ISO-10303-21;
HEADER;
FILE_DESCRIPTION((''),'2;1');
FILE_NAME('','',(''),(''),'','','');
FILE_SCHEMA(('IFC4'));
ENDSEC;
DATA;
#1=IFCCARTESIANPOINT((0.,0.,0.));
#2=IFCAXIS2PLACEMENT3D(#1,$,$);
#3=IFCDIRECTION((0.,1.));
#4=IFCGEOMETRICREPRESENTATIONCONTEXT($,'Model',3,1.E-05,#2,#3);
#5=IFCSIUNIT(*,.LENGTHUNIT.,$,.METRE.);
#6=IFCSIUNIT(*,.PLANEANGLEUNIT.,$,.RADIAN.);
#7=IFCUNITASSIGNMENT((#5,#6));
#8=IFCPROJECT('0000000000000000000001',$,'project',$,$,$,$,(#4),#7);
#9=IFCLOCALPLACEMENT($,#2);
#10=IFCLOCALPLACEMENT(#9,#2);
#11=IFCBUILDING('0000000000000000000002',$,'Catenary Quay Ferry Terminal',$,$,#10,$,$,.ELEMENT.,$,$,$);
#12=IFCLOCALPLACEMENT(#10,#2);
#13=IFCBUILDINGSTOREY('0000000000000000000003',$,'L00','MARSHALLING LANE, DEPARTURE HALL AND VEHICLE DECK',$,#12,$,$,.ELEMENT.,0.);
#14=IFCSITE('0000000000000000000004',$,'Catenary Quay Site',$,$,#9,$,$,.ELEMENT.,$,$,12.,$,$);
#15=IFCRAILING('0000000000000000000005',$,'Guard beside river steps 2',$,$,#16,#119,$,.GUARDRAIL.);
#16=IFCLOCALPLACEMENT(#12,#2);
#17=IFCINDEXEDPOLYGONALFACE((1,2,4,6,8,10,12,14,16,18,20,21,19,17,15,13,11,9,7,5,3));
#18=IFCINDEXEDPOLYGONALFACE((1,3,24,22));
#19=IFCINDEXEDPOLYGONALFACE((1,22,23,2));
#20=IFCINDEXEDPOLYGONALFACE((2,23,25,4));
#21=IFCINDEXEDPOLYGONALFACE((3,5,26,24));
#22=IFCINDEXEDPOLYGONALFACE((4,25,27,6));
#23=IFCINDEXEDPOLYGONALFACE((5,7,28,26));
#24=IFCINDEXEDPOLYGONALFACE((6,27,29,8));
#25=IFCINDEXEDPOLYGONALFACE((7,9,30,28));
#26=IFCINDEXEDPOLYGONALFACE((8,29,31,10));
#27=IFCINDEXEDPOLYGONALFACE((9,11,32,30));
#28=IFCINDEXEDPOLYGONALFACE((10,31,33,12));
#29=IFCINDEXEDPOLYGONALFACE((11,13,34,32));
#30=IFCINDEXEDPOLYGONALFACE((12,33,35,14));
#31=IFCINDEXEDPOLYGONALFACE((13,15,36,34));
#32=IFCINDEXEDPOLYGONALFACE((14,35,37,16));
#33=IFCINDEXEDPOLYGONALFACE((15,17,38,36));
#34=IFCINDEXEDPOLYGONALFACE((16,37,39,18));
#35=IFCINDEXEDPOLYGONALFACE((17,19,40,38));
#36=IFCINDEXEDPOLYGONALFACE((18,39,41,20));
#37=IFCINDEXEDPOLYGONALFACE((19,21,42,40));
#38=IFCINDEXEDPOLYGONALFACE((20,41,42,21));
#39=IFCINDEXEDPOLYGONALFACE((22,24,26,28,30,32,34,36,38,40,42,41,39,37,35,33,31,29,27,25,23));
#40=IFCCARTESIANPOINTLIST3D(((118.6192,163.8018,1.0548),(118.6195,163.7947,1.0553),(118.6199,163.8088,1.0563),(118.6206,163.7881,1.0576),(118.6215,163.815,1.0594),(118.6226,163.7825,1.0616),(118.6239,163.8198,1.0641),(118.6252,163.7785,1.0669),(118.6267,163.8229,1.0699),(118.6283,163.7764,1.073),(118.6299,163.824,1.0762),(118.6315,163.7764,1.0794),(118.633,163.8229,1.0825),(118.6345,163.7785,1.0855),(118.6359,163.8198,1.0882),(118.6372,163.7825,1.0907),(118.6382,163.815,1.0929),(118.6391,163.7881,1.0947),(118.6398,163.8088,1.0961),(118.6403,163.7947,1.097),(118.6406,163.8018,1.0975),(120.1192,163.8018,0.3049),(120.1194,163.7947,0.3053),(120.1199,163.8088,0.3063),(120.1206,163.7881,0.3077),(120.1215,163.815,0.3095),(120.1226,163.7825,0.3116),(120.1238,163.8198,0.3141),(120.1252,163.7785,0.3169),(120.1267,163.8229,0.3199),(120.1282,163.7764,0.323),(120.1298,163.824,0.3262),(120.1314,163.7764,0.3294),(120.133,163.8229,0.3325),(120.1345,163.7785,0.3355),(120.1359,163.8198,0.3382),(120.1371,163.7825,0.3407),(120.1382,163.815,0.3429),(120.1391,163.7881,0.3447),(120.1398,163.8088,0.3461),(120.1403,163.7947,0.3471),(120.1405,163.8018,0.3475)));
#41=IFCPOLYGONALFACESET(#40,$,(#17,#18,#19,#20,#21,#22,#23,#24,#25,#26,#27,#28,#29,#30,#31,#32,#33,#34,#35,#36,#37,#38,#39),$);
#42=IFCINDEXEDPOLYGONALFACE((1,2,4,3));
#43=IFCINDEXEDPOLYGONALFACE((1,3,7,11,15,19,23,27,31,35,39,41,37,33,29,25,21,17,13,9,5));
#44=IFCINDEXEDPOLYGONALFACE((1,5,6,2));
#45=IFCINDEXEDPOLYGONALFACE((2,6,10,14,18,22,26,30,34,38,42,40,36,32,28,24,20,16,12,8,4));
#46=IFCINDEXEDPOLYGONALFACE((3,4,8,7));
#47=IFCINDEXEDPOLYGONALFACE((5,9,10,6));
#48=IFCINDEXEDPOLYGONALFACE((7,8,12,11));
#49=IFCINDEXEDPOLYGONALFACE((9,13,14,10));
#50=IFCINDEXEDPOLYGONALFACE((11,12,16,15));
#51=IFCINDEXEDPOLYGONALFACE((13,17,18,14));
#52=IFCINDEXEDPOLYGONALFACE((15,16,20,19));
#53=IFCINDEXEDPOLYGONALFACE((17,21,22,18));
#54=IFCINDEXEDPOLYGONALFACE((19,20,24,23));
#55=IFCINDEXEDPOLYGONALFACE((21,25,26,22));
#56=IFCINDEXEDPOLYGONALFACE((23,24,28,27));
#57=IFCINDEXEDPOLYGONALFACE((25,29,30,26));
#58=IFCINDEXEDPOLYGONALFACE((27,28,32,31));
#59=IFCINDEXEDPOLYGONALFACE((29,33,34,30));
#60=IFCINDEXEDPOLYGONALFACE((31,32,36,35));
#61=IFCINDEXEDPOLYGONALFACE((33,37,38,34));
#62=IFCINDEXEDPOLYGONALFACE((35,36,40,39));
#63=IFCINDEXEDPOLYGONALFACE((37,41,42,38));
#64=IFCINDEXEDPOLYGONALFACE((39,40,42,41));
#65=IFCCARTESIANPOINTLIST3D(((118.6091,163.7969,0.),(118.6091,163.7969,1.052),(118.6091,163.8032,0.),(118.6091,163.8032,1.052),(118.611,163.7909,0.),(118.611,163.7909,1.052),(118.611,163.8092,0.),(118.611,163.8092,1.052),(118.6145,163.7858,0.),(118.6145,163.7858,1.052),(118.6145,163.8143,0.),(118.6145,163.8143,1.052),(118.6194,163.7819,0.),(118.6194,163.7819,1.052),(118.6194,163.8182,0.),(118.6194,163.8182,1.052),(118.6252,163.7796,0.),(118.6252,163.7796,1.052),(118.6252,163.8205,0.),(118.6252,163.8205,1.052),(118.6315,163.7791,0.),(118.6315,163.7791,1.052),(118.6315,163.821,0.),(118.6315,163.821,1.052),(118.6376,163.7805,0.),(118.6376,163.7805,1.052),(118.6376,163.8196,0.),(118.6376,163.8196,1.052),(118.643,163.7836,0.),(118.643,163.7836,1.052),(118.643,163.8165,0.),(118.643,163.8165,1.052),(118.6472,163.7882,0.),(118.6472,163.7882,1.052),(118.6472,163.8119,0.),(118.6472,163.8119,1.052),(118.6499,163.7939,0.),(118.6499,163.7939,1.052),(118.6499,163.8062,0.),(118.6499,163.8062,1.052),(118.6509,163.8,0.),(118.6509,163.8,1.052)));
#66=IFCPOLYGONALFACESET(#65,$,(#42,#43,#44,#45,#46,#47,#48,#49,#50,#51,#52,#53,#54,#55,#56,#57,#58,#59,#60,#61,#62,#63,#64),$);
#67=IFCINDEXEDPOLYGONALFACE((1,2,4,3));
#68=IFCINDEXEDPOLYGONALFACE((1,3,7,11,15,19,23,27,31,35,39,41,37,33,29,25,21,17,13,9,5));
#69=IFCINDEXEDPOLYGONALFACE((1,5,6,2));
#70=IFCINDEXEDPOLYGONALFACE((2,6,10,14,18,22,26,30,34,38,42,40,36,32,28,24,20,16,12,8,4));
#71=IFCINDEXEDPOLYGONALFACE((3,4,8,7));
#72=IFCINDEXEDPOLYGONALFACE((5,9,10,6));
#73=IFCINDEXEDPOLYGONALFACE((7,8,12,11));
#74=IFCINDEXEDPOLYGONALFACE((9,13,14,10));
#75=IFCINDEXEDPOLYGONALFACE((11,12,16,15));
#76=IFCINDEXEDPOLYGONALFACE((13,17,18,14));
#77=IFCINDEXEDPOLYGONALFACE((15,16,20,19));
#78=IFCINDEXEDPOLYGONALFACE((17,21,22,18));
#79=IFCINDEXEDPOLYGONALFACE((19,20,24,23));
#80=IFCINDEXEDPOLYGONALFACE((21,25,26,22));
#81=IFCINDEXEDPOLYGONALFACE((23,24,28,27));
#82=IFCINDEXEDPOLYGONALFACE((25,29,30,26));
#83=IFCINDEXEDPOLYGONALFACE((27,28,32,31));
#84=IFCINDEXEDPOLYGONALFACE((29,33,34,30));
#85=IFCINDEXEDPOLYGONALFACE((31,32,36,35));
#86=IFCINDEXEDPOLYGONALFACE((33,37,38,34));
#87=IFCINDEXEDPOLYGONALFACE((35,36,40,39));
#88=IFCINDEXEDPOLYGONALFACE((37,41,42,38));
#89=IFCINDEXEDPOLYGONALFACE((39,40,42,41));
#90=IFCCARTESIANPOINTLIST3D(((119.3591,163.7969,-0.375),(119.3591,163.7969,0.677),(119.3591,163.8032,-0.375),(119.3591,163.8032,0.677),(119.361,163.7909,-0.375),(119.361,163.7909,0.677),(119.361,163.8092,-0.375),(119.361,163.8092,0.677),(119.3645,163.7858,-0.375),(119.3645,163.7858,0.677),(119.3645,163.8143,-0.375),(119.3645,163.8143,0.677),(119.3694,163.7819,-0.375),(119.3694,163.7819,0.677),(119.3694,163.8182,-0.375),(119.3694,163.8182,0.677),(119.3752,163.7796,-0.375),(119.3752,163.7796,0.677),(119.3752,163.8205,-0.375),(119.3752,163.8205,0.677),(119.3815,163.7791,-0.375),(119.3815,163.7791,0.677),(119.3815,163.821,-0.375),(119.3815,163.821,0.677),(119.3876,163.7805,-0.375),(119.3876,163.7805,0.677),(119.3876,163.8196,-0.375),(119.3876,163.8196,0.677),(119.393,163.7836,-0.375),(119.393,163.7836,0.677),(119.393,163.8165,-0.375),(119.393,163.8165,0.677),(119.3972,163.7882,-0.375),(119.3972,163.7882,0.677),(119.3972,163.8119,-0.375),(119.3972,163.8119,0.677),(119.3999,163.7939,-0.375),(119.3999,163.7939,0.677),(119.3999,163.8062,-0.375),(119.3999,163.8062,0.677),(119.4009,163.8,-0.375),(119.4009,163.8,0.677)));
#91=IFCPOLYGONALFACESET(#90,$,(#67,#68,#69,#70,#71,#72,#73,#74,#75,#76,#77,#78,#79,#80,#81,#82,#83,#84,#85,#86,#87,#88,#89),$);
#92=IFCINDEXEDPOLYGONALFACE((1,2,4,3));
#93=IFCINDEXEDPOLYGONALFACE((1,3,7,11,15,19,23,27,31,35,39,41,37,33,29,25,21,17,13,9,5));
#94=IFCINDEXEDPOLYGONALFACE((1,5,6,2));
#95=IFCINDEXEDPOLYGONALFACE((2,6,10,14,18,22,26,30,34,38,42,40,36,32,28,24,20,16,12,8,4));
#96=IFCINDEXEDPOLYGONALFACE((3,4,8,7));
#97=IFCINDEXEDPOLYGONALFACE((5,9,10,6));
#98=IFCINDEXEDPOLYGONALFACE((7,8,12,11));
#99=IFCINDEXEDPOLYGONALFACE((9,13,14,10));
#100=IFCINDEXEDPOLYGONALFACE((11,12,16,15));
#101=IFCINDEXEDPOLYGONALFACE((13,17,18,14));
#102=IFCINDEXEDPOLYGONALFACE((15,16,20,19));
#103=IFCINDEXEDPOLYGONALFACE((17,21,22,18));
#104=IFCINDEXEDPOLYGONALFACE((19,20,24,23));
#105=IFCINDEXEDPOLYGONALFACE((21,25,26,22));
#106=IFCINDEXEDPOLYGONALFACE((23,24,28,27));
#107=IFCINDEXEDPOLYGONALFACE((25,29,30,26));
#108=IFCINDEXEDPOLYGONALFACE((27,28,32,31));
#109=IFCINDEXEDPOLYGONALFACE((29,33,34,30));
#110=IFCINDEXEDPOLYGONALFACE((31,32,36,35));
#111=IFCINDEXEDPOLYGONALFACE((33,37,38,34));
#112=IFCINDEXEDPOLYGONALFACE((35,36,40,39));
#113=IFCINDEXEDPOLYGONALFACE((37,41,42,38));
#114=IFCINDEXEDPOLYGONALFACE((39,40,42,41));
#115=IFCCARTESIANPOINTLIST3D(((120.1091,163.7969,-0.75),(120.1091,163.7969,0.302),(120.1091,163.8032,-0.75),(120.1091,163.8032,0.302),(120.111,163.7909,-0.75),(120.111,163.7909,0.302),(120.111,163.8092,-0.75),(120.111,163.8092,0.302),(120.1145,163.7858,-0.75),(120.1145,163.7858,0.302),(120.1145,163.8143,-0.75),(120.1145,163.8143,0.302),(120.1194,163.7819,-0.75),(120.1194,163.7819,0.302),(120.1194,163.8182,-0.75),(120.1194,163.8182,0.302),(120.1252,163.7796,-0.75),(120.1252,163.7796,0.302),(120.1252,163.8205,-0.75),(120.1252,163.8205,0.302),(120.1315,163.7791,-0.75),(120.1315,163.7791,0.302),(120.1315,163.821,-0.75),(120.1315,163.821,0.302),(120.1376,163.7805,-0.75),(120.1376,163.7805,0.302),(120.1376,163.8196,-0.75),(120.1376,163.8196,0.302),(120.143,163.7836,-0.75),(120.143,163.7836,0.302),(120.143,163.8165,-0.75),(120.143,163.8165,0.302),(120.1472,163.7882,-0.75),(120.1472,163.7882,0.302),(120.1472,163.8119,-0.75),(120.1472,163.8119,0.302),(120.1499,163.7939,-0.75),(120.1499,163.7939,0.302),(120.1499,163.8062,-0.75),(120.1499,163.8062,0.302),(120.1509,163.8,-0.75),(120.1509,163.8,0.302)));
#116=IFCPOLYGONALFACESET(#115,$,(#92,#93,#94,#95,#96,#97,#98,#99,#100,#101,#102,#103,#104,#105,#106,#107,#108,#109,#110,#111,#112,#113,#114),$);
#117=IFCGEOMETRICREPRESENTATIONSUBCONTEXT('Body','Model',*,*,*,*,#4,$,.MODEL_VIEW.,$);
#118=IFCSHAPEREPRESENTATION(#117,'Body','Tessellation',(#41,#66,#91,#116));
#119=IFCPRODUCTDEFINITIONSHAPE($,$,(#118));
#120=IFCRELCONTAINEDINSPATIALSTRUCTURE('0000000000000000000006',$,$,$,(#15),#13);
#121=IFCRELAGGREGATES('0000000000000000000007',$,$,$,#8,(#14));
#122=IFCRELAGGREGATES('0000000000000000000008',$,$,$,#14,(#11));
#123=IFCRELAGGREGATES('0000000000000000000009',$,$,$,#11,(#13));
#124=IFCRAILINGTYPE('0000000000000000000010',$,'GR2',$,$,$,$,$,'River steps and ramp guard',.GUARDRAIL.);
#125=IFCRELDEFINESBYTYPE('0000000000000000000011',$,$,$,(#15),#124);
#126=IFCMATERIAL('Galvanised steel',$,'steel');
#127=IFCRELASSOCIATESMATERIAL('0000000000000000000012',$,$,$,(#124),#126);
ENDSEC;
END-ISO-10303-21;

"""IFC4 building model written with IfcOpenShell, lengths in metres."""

from ifc_helpers import new_model, si_unit, direction, frame, origin, origin_2d, place, context, subcontext, project, spatial, circle, extrude, material, type_object, element, save


model = new_model("IFC4")

# Units and contexts
model_context = context("Model", 3, precision=1e-05, world=origin(), true_north=direction((0.0, 1.0)))
body_context = subcontext(model_context, "Body", "Model", "MODEL_VIEW")
ifc_project = project(units=[si_unit("LENGTHUNIT", "METRE"), si_unit("PLANEANGLEUNIT", "RADIAN")], contexts=[model_context])

# Site, building, storey
site_placement = place(None, origin())
site = spatial("IfcSite", under=ifc_project, at=site_placement, Name="Catenary Quay Site", CompositionType="ELEMENT", RefElevation=12.0)
building_placement = place(site_placement, origin())
building = spatial("IfcBuilding", under=site, at=building_placement, Name="Catenary Quay Ferry Terminal", CompositionType="ELEMENT")
storey_placement = place(building_placement, origin())
storey = spatial("IfcBuildingStorey", under=building, at=storey_placement, Name="L00", Description="MARSHALLING LANE, DEPARTURE HALL AND VEHICLE DECK", CompositionType="ELEMENT", Elevation=0.0)

# Railing
ifc_material_1 = material(Name="Galvanised steel", Category="steel")
railing_type_1 = type_object("IfcRailingType", Name="GR2", ElementType="River steps and ramp guard", PredefinedType="GUARDRAIL", material=ifc_material_1)
railing_1_placement = place(storey_placement, frame((118.6299, 163.8, 0.0)))
element("IfcRailing", 1, at=railing_1_placement, inside=storey, type_object=railing_type_1, Name="Guard beside river steps 2", PredefinedType="GUARDRAIL", context=body_context, shape_type="SweptSolid", body=[
    extrude(circle(Radius=0.0239, at=origin_2d()), frame((0.0, 0.0, 1.0762), z_axis=(0.894427, 0.0, -0.447214), x_axis=(0.0, 1.0, 0.0)), (0.0, 0.0, 1.0), 1.677),
    extrude(circle(Radius=0.021, at=origin_2d()), origin(), (0.0, 0.0, 1.0), 1.052),
    extrude(circle(Radius=0.021, at=origin_2d()), frame((0.75, 0.0, -0.375)), (0.0, 0.0, 1.0), 1.052),
    extrude(circle(Radius=0.021, at=origin_2d()), frame((1.5, 0.0, -0.75)), (0.0, 0.0, 1.0), 1.052),
])

save(model, "model.ifc")
